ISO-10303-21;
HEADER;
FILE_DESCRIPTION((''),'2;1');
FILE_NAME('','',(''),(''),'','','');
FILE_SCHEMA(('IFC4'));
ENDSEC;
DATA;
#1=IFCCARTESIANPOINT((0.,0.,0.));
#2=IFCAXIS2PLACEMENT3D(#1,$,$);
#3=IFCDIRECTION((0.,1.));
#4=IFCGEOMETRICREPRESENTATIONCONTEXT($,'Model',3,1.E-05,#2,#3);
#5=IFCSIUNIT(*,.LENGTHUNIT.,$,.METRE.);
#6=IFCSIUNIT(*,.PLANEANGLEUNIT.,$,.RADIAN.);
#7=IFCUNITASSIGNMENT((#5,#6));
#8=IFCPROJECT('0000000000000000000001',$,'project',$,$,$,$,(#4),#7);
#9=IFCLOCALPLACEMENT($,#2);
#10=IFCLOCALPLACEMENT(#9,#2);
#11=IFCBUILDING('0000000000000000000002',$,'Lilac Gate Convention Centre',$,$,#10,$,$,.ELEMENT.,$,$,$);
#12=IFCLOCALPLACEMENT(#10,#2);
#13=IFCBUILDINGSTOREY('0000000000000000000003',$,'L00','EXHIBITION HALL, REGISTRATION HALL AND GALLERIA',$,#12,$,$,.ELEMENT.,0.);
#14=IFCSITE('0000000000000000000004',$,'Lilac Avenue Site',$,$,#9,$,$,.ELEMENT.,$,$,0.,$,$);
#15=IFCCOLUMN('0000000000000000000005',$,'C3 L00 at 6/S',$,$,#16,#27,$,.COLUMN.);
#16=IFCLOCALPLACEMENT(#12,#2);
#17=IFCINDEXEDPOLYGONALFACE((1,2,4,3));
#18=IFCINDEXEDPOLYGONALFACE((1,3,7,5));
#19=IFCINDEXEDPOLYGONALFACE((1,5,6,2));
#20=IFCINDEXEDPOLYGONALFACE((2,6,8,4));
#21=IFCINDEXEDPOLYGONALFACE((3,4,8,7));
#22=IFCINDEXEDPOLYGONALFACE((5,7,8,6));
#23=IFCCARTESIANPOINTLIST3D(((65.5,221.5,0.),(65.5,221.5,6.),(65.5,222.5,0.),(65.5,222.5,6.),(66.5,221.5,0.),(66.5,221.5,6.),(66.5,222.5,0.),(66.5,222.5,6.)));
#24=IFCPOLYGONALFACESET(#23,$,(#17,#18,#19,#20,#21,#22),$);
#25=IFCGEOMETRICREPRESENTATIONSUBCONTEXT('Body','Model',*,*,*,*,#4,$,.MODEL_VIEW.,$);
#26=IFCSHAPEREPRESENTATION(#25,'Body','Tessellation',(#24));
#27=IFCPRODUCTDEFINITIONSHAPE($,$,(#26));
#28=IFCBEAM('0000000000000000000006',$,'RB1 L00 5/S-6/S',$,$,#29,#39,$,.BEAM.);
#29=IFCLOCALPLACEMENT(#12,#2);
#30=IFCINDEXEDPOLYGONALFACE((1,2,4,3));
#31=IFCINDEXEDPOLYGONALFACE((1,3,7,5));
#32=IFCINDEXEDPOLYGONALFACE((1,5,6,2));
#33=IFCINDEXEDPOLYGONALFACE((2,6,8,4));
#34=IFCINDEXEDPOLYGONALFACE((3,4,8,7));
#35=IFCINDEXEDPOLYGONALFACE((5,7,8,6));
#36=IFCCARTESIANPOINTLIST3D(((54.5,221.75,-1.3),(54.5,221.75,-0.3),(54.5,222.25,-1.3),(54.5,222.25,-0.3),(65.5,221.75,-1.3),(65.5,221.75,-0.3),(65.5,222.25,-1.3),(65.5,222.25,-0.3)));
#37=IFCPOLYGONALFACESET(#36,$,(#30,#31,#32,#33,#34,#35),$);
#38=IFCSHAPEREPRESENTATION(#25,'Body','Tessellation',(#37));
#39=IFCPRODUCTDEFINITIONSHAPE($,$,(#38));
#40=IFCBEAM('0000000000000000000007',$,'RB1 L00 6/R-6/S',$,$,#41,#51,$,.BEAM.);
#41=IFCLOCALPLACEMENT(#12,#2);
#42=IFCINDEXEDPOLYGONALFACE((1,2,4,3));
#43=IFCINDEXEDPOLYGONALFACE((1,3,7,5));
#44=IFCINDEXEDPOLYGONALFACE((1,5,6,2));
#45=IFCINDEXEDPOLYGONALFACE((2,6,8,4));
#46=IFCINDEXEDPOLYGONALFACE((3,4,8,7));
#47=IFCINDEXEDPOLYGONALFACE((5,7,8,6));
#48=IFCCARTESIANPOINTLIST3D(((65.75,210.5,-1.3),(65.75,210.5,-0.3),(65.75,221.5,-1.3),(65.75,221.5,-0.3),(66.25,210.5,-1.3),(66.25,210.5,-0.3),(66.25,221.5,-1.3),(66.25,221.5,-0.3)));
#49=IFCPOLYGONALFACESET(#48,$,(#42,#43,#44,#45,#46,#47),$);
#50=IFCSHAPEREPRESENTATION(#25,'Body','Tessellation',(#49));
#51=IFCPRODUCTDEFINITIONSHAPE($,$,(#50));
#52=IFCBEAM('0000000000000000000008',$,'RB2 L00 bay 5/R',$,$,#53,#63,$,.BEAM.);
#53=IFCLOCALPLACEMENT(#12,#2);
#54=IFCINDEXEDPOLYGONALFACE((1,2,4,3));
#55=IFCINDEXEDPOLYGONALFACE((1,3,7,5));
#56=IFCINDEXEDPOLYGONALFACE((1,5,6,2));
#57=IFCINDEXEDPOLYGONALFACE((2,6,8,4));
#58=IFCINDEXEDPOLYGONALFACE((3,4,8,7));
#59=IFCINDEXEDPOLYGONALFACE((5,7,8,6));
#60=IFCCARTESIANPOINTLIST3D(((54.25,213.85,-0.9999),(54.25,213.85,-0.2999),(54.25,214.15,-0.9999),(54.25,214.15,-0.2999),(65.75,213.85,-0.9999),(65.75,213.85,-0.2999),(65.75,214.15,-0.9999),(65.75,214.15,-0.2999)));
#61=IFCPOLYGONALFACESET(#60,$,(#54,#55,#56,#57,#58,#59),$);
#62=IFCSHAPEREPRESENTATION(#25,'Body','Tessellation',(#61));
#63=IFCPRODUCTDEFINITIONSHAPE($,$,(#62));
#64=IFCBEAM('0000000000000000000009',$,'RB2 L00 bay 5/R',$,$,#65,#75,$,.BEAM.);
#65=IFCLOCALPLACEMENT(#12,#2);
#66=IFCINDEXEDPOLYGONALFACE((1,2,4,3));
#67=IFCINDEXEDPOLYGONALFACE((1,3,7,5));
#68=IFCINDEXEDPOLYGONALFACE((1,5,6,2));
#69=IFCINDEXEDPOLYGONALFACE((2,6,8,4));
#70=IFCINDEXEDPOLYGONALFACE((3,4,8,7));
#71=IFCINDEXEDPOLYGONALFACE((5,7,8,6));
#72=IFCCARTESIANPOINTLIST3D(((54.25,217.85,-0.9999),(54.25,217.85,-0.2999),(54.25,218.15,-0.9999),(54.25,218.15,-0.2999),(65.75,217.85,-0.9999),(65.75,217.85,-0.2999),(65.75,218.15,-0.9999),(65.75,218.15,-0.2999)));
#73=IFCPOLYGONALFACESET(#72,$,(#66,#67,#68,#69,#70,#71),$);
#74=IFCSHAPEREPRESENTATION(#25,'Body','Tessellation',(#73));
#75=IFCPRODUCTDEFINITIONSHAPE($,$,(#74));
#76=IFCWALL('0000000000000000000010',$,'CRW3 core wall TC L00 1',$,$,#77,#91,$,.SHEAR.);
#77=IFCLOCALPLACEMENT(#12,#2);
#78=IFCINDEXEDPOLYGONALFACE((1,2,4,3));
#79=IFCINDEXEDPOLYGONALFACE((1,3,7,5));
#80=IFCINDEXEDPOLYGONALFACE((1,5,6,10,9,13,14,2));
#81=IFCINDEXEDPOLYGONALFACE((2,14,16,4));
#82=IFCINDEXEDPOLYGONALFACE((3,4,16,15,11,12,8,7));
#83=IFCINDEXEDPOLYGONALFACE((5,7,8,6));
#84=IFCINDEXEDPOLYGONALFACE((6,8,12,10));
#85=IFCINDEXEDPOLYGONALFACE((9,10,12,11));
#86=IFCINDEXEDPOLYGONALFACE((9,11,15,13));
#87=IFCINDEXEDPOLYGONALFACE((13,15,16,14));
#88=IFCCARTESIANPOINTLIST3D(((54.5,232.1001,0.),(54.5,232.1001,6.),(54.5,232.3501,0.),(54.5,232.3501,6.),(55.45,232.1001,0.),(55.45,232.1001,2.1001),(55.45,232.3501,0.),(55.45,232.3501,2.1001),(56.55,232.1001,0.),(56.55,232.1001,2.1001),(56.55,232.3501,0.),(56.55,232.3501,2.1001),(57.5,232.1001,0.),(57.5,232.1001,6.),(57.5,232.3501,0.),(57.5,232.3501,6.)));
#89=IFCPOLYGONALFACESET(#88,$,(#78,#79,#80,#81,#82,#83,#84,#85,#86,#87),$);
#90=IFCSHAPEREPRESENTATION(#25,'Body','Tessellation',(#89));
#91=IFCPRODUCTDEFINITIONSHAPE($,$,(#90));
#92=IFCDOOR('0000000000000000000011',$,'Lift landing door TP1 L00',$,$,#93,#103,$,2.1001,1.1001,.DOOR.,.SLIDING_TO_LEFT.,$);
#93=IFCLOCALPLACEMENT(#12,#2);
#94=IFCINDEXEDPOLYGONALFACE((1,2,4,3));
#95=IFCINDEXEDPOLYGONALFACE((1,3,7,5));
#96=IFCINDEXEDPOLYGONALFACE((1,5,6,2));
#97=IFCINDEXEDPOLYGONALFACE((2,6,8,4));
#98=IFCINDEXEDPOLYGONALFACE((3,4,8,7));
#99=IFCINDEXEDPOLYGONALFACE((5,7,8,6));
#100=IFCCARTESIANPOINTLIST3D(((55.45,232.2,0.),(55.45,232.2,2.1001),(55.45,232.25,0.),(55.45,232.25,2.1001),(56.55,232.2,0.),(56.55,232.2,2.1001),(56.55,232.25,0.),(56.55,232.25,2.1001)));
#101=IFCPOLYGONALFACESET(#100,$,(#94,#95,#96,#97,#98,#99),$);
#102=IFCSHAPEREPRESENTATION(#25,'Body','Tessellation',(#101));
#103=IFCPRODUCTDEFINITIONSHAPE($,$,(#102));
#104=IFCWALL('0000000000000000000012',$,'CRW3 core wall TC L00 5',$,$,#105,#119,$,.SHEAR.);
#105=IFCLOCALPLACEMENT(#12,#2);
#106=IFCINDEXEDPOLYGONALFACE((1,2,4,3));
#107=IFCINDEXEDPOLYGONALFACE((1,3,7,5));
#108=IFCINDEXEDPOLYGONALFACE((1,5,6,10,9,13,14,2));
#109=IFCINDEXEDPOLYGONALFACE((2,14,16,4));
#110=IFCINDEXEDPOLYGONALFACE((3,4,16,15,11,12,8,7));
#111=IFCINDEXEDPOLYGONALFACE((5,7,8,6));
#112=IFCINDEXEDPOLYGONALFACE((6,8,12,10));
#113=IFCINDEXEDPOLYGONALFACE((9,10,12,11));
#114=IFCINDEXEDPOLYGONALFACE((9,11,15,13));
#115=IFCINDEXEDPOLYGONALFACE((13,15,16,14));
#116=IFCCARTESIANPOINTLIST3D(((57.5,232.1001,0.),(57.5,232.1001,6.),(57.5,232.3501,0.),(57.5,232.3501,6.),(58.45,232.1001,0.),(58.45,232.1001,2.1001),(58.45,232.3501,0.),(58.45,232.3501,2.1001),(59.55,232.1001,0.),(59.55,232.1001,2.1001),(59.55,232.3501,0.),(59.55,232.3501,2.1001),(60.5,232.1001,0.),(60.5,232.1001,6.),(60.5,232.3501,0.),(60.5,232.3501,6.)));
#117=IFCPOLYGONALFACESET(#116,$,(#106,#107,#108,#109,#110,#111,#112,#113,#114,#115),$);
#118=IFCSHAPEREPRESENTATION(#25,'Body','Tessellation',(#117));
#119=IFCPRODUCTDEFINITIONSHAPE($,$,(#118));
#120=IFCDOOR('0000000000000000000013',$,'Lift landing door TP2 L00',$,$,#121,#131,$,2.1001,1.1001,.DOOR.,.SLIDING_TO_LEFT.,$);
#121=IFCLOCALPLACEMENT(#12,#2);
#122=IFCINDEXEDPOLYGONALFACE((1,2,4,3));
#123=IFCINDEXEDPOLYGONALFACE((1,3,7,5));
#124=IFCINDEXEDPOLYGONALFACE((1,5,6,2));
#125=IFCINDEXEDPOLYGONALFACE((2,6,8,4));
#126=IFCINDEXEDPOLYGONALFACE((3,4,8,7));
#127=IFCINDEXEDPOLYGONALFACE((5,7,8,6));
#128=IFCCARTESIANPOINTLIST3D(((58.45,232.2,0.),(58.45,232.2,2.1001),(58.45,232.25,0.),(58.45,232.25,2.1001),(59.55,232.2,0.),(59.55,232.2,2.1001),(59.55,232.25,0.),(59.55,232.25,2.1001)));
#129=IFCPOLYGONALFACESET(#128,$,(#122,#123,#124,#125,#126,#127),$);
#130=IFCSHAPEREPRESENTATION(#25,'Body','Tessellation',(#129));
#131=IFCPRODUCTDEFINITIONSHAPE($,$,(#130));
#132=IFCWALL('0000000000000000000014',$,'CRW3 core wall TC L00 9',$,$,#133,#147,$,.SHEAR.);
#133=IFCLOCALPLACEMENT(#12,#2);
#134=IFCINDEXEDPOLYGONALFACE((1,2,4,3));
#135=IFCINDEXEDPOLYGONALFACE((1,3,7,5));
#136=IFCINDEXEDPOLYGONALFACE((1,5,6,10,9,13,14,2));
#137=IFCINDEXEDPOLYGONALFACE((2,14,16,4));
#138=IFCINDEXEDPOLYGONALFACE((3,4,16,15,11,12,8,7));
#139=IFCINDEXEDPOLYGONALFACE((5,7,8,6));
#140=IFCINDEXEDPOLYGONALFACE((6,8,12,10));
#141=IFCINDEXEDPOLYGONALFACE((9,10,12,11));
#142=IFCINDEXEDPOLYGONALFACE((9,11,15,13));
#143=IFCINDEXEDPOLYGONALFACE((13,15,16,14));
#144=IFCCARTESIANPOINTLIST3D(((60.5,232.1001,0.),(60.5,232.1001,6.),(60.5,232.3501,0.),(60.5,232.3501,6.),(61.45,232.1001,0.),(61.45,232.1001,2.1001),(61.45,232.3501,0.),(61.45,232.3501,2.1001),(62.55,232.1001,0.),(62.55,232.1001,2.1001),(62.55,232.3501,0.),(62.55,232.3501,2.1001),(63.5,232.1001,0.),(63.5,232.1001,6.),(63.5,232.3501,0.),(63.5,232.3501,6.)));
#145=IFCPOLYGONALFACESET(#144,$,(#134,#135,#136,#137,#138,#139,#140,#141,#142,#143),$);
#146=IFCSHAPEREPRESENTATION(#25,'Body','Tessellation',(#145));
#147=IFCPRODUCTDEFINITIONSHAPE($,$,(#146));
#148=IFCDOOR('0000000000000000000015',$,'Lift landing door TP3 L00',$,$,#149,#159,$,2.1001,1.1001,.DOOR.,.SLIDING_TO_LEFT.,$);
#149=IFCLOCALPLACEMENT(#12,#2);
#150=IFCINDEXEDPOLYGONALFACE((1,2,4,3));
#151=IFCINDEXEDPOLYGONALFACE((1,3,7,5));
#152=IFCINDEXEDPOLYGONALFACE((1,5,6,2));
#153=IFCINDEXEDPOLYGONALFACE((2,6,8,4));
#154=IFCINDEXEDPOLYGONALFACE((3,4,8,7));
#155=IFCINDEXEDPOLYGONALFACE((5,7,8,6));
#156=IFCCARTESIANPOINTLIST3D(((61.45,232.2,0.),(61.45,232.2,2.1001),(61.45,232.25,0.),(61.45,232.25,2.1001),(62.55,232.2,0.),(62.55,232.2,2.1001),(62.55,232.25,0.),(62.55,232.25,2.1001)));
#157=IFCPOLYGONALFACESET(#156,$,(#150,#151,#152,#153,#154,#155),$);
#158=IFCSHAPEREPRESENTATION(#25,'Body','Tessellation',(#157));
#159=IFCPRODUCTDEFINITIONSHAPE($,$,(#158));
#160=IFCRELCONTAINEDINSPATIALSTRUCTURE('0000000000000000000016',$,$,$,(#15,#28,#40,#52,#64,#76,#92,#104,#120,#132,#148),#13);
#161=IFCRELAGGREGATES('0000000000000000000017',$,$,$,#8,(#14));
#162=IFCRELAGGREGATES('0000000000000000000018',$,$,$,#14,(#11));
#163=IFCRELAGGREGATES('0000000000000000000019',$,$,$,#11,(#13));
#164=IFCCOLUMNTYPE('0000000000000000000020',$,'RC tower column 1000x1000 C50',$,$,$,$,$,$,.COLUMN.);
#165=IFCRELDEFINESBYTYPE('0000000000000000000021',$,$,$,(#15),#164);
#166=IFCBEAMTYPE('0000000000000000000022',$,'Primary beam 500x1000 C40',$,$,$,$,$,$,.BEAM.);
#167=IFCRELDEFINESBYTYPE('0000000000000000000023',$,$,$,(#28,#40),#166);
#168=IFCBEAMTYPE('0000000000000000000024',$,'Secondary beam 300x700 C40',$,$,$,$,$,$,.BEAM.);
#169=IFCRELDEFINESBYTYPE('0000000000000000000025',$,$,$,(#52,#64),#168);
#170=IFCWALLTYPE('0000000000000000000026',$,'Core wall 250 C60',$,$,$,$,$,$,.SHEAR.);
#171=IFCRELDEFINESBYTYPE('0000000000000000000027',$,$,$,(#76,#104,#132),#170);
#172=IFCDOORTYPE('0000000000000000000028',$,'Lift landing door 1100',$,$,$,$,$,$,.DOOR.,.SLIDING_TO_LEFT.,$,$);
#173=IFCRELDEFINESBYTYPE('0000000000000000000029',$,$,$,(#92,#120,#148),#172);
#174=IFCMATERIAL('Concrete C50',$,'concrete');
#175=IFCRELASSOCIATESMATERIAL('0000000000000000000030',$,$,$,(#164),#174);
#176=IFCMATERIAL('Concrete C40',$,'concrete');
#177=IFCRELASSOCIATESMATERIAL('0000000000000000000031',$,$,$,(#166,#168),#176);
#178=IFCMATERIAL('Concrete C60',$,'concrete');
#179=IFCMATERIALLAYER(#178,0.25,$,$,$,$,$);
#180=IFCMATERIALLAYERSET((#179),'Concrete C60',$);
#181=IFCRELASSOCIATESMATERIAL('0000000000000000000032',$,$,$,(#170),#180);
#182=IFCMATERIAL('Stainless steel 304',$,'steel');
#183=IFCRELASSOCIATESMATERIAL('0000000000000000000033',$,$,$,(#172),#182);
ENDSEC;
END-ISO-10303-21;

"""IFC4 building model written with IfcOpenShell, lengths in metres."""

from ifc_helpers import new_model, si_unit, direction, frame, frame_2d, origin, origin_2d, place, context, subcontext, project, spatial, rectangle, extrude, material, layer, layer_set, material_profile, profile_set, type_object, element, fill, save


model = new_model("IFC4")

# Units and contexts
model_context = context("Model", 3, precision=1e-05, world=origin(), true_north=direction((0.0, 1.0)))
body_context = subcontext(model_context, "Body", "Model", "MODEL_VIEW")
ifc_project = project(units=[si_unit("LENGTHUNIT", "METRE"), si_unit("PLANEANGLEUNIT", "RADIAN")], contexts=[model_context])

# Site, building, storey
site_placement = place(None, origin())
site = spatial("IfcSite", under=ifc_project, at=site_placement, Name="Lilac Avenue Site", CompositionType="ELEMENT", RefElevation=0.0)
building_placement = place(site_placement, origin())
building = spatial("IfcBuilding", under=site, at=building_placement, Name="Lilac Gate Convention Centre", CompositionType="ELEMENT")
storey_placement = place(building_placement, origin())
storey = spatial("IfcBuildingStorey", under=building, at=storey_placement, Name="L00", Description="EXHIBITION HALL, REGISTRATION HALL AND GALLERIA", CompositionType="ELEMENT", Elevation=0.0)

# Column
ifc_material_1 = material(Name="Concrete C50", Category="concrete")
ifc_material_profile_1 = material_profile(ifc_material_1, rectangle(XDim=1.0, YDim=1.0, at=origin_2d()), Name="RC 1000x1000")
ifc_profile_set_1 = profile_set([ifc_material_profile_1], Name="Concrete C50")
column_type = type_object("IfcColumnType", Name="RC tower column 1000x1000 C50", PredefinedType="COLUMN", material=ifc_profile_set_1)
column_placement = place(storey_placement, frame((66.0, 222.0, 0.0), z_axis=(0.0, 0.0, 1.0), x_axis=(1.0, 0.0, 0.0)))
element("IfcColumn", 1, at=column_placement, inside=storey, type_object=column_type, Name="C3 L00 at 6/S", PredefinedType="COLUMN", context=body_context, shape_type="SweptSolid", body=[
    extrude(rectangle(XDim=1.0, YDim=1.0, at=origin_2d()), origin(), (0.0, 0.0, 1.0), 6.0),
])

# Beams
ifc_material_2 = material(Name="Concrete C40", Category="concrete")
ifc_material_profile_2 = material_profile(ifc_material_2, rectangle(XDim=0.5, YDim=1.0, at=origin_2d()), Name="RC 500x1000")
ifc_profile_set_2 = profile_set([ifc_material_profile_2], Name="Concrete C40")
beam_type_1 = type_object("IfcBeamType", Name="Primary beam 500x1000 C40", PredefinedType="BEAM", material=ifc_profile_set_2)
for number, where, z_axis, x_axis, name in (
    (2, (54.5, 222.0, -0.8), (1.0, 0.0, 0.0), (0.0, 1.0, 0.0), "RB1 L00 5/S-6/S"),
    (3, (66.0, 210.5, -0.8), (0.0, 1.0, 0.0), (-1.0, 0.0, 0.0), "RB1 L00 6/R-6/S"),
):
    element("IfcBeam", number, at=place(storey_placement, frame(where, z_axis=z_axis, x_axis=x_axis)), inside=storey, type_object=beam_type_1, Name=name, PredefinedType="BEAM", context=body_context, shape_type="SweptSolid", body=[
        extrude(rectangle(XDim=0.5, YDim=1.0, at=origin_2d()), origin(), (0.0, 0.0, 1.0), 11.0),
    ])
ifc_material_profile_3 = material_profile(ifc_material_2, rectangle(XDim=0.3, YDim=0.7, at=origin_2d()), Name="RC 300x700")
ifc_profile_set_3 = profile_set([ifc_material_profile_3], Name="Concrete C40")
beam_type_2 = type_object("IfcBeamType", Name="Secondary beam 300x700 C40", PredefinedType="BEAM", material=ifc_profile_set_3)
for number, where, z_axis, x_axis, name in (
    (4, (54.25, 214.0, -0.6499), (1.0, 0.0, 0.0), (0.0, 1.0, 0.0), "RB2 L00 bay 5/R"),
    (5, (54.25, 218.0, -0.6499), (1.0, 0.0, 0.0), (0.0, 1.0, 0.0), "RB2 L00 bay 5/R"),
):
    element("IfcBeam", number, at=place(storey_placement, frame(where, z_axis=z_axis, x_axis=x_axis)), inside=storey, type_object=beam_type_2, Name=name, PredefinedType="BEAM", context=body_context, shape_type="SweptSolid", body=[
        extrude(rectangle(XDim=0.3, YDim=0.7, at=origin_2d()), origin(), (0.0, 0.0, 1.0), 11.5),
    ])

# Walls, openings, doors
ifc_material_3 = material(Name="Concrete C60", Category="concrete")
ifc_layer_1 = layer(ifc_material_3, 0.25)
ifc_layer_set_1 = layer_set([ifc_layer_1], Name="Concrete C60")
wall_type_1 = type_object("IfcWallType", Name="Core wall 250 C60", PredefinedType="SHEAR", material=ifc_layer_set_1)
wall_1_placement = place(storey_placement, frame((54.5, 232.2251, 0.0), z_axis=(0.0, 0.0, 1.0), x_axis=(1.0, 0.0, 0.0)))
wall_1 = element("IfcWall", 6, at=wall_1_placement, inside=storey, type_object=wall_type_1, Name="CRW3 core wall TC L00 1", PredefinedType="SHEAR", context=body_context, shape_type="SweptSolid", body=[
    extrude(rectangle(XDim=3.0, YDim=0.25, at=frame_2d((1.5, 0.0))), origin(), (0.0, 0.0, 1.0), 6.0),
])
opening_1_placement = place(wall_1_placement, frame((0.95, 0.0, 0.0)))
opening_1 = element("IfcOpeningElement", 7, at=opening_1_placement, cuts=wall_1, PredefinedType="OPENING", context=body_context, shape_type="SweptSolid", body=[
    extrude(rectangle(XDim=1.1001, YDim=2.1001, at=frame_2d((0.55, 1.05))), frame((0.0, 0.135, 0.0), z_axis=(0.0, -1.0, 0.0), x_axis=(1.0, 0.0, 0.0)), (0.0, 0.0, 1.0), 0.27),
])
ifc_material_4 = material(Name="Stainless steel 304", Category="steel")
door_type_1 = type_object("IfcDoorType", Name="Lift landing door 1100", OperationType="SLIDING_TO_LEFT", PredefinedType="DOOR", material=ifc_material_4)
door_1_placement = place(opening_1_placement, origin())
door_1 = element("IfcDoor", 8, at=door_1_placement, inside=storey, type_object=door_type_1, Name="Lift landing door TP1 L00", OperationType="SLIDING_TO_LEFT", OverallHeight=2.1001, OverallWidth=1.1001, PredefinedType="DOOR", context=body_context, shape_type="SweptSolid", body=[
    extrude(rectangle(XDim=1.1001, YDim=2.1001, at=frame_2d((0.55, 1.05))), frame((0.0, 0.0249, 0.0), z_axis=(0.0, -1.0, 0.0), x_axis=(1.0, 0.0, 0.0)), (0.0, 0.0, 1.0), 0.05),
])
fill(opening_1, door_1)
wall_2_placement = place(storey_placement, frame((57.5, 232.2251, 0.0), z_axis=(0.0, 0.0, 1.0), x_axis=(1.0, 0.0, 0.0)))
wall_2 = element("IfcWall", 9, at=wall_2_placement, inside=storey, type_object=wall_type_1, Name="CRW3 core wall TC L00 5", PredefinedType="SHEAR", context=body_context, shape_type="SweptSolid", body=[
    extrude(rectangle(XDim=3.0, YDim=0.25, at=frame_2d((1.5, 0.0))), origin(), (0.0, 0.0, 1.0), 6.0),
])
opening_2_placement = place(wall_2_placement, frame((0.95, 0.0, 0.0)))
opening_2 = element("IfcOpeningElement", 10, at=opening_2_placement, cuts=wall_2, PredefinedType="OPENING", context=body_context, shape_type="SweptSolid", body=[
    extrude(rectangle(XDim=1.1001, YDim=2.1001, at=frame_2d((0.55, 1.05))), frame((0.0, 0.135, 0.0), z_axis=(0.0, -1.0, 0.0), x_axis=(1.0, 0.0, 0.0)), (0.0, 0.0, 1.0), 0.27),
])
door_2_placement = place(opening_2_placement, origin())
door_2 = element("IfcDoor", 11, at=door_2_placement, inside=storey, type_object=door_type_1, Name="Lift landing door TP2 L00", OperationType="SLIDING_TO_LEFT", OverallHeight=2.1001, OverallWidth=1.1001, PredefinedType="DOOR", context=body_context, shape_type="SweptSolid", body=[
    extrude(rectangle(XDim=1.1001, YDim=2.1001, at=frame_2d((0.55, 1.05))), frame((0.0, 0.0249, 0.0), z_axis=(0.0, -1.0, 0.0), x_axis=(1.0, 0.0, 0.0)), (0.0, 0.0, 1.0), 0.05),
])
fill(opening_2, door_2)
wall_3_placement = place(storey_placement, frame((60.5, 232.2251, 0.0), z_axis=(0.0, 0.0, 1.0), x_axis=(1.0, 0.0, 0.0)))
wall_3 = element("IfcWall", 12, at=wall_3_placement, inside=storey, type_object=wall_type_1, Name="CRW3 core wall TC L00 9", PredefinedType="SHEAR", context=body_context, shape_type="SweptSolid", body=[
    extrude(rectangle(XDim=3.0, YDim=0.25, at=frame_2d((1.5, 0.0))), origin(), (0.0, 0.0, 1.0), 6.0),
])
opening_3_placement = place(wall_3_placement, frame((0.95, 0.0, 0.0)))
opening_3 = element("IfcOpeningElement", 13, at=opening_3_placement, cuts=wall_3, PredefinedType="OPENING", context=body_context, shape_type="SweptSolid", body=[
    extrude(rectangle(XDim=1.1001, YDim=2.1001, at=frame_2d((0.55, 1.05))), frame((0.0, 0.135, 0.0), z_axis=(0.0, -1.0, 0.0), x_axis=(1.0, 0.0, 0.0)), (0.0, 0.0, 1.0), 0.27),
])
door_3_placement = place(opening_3_placement, origin())
door_3 = element("IfcDoor", 14, at=door_3_placement, inside=storey, type_object=door_type_1, Name="Lift landing door TP3 L00", OperationType="SLIDING_TO_LEFT", OverallHeight=2.1001, OverallWidth=1.1001, PredefinedType="DOOR", context=body_context, shape_type="SweptSolid", body=[
    extrude(rectangle(XDim=1.1001, YDim=2.1001, at=frame_2d((0.55, 1.05))), frame((0.0, 0.0249, 0.0), z_axis=(0.0, -1.0, 0.0), x_axis=(1.0, 0.0, 0.0)), (0.0, 0.0, 1.0), 0.05),
])
fill(opening_3, door_3)

save(model, "model.ifc")
